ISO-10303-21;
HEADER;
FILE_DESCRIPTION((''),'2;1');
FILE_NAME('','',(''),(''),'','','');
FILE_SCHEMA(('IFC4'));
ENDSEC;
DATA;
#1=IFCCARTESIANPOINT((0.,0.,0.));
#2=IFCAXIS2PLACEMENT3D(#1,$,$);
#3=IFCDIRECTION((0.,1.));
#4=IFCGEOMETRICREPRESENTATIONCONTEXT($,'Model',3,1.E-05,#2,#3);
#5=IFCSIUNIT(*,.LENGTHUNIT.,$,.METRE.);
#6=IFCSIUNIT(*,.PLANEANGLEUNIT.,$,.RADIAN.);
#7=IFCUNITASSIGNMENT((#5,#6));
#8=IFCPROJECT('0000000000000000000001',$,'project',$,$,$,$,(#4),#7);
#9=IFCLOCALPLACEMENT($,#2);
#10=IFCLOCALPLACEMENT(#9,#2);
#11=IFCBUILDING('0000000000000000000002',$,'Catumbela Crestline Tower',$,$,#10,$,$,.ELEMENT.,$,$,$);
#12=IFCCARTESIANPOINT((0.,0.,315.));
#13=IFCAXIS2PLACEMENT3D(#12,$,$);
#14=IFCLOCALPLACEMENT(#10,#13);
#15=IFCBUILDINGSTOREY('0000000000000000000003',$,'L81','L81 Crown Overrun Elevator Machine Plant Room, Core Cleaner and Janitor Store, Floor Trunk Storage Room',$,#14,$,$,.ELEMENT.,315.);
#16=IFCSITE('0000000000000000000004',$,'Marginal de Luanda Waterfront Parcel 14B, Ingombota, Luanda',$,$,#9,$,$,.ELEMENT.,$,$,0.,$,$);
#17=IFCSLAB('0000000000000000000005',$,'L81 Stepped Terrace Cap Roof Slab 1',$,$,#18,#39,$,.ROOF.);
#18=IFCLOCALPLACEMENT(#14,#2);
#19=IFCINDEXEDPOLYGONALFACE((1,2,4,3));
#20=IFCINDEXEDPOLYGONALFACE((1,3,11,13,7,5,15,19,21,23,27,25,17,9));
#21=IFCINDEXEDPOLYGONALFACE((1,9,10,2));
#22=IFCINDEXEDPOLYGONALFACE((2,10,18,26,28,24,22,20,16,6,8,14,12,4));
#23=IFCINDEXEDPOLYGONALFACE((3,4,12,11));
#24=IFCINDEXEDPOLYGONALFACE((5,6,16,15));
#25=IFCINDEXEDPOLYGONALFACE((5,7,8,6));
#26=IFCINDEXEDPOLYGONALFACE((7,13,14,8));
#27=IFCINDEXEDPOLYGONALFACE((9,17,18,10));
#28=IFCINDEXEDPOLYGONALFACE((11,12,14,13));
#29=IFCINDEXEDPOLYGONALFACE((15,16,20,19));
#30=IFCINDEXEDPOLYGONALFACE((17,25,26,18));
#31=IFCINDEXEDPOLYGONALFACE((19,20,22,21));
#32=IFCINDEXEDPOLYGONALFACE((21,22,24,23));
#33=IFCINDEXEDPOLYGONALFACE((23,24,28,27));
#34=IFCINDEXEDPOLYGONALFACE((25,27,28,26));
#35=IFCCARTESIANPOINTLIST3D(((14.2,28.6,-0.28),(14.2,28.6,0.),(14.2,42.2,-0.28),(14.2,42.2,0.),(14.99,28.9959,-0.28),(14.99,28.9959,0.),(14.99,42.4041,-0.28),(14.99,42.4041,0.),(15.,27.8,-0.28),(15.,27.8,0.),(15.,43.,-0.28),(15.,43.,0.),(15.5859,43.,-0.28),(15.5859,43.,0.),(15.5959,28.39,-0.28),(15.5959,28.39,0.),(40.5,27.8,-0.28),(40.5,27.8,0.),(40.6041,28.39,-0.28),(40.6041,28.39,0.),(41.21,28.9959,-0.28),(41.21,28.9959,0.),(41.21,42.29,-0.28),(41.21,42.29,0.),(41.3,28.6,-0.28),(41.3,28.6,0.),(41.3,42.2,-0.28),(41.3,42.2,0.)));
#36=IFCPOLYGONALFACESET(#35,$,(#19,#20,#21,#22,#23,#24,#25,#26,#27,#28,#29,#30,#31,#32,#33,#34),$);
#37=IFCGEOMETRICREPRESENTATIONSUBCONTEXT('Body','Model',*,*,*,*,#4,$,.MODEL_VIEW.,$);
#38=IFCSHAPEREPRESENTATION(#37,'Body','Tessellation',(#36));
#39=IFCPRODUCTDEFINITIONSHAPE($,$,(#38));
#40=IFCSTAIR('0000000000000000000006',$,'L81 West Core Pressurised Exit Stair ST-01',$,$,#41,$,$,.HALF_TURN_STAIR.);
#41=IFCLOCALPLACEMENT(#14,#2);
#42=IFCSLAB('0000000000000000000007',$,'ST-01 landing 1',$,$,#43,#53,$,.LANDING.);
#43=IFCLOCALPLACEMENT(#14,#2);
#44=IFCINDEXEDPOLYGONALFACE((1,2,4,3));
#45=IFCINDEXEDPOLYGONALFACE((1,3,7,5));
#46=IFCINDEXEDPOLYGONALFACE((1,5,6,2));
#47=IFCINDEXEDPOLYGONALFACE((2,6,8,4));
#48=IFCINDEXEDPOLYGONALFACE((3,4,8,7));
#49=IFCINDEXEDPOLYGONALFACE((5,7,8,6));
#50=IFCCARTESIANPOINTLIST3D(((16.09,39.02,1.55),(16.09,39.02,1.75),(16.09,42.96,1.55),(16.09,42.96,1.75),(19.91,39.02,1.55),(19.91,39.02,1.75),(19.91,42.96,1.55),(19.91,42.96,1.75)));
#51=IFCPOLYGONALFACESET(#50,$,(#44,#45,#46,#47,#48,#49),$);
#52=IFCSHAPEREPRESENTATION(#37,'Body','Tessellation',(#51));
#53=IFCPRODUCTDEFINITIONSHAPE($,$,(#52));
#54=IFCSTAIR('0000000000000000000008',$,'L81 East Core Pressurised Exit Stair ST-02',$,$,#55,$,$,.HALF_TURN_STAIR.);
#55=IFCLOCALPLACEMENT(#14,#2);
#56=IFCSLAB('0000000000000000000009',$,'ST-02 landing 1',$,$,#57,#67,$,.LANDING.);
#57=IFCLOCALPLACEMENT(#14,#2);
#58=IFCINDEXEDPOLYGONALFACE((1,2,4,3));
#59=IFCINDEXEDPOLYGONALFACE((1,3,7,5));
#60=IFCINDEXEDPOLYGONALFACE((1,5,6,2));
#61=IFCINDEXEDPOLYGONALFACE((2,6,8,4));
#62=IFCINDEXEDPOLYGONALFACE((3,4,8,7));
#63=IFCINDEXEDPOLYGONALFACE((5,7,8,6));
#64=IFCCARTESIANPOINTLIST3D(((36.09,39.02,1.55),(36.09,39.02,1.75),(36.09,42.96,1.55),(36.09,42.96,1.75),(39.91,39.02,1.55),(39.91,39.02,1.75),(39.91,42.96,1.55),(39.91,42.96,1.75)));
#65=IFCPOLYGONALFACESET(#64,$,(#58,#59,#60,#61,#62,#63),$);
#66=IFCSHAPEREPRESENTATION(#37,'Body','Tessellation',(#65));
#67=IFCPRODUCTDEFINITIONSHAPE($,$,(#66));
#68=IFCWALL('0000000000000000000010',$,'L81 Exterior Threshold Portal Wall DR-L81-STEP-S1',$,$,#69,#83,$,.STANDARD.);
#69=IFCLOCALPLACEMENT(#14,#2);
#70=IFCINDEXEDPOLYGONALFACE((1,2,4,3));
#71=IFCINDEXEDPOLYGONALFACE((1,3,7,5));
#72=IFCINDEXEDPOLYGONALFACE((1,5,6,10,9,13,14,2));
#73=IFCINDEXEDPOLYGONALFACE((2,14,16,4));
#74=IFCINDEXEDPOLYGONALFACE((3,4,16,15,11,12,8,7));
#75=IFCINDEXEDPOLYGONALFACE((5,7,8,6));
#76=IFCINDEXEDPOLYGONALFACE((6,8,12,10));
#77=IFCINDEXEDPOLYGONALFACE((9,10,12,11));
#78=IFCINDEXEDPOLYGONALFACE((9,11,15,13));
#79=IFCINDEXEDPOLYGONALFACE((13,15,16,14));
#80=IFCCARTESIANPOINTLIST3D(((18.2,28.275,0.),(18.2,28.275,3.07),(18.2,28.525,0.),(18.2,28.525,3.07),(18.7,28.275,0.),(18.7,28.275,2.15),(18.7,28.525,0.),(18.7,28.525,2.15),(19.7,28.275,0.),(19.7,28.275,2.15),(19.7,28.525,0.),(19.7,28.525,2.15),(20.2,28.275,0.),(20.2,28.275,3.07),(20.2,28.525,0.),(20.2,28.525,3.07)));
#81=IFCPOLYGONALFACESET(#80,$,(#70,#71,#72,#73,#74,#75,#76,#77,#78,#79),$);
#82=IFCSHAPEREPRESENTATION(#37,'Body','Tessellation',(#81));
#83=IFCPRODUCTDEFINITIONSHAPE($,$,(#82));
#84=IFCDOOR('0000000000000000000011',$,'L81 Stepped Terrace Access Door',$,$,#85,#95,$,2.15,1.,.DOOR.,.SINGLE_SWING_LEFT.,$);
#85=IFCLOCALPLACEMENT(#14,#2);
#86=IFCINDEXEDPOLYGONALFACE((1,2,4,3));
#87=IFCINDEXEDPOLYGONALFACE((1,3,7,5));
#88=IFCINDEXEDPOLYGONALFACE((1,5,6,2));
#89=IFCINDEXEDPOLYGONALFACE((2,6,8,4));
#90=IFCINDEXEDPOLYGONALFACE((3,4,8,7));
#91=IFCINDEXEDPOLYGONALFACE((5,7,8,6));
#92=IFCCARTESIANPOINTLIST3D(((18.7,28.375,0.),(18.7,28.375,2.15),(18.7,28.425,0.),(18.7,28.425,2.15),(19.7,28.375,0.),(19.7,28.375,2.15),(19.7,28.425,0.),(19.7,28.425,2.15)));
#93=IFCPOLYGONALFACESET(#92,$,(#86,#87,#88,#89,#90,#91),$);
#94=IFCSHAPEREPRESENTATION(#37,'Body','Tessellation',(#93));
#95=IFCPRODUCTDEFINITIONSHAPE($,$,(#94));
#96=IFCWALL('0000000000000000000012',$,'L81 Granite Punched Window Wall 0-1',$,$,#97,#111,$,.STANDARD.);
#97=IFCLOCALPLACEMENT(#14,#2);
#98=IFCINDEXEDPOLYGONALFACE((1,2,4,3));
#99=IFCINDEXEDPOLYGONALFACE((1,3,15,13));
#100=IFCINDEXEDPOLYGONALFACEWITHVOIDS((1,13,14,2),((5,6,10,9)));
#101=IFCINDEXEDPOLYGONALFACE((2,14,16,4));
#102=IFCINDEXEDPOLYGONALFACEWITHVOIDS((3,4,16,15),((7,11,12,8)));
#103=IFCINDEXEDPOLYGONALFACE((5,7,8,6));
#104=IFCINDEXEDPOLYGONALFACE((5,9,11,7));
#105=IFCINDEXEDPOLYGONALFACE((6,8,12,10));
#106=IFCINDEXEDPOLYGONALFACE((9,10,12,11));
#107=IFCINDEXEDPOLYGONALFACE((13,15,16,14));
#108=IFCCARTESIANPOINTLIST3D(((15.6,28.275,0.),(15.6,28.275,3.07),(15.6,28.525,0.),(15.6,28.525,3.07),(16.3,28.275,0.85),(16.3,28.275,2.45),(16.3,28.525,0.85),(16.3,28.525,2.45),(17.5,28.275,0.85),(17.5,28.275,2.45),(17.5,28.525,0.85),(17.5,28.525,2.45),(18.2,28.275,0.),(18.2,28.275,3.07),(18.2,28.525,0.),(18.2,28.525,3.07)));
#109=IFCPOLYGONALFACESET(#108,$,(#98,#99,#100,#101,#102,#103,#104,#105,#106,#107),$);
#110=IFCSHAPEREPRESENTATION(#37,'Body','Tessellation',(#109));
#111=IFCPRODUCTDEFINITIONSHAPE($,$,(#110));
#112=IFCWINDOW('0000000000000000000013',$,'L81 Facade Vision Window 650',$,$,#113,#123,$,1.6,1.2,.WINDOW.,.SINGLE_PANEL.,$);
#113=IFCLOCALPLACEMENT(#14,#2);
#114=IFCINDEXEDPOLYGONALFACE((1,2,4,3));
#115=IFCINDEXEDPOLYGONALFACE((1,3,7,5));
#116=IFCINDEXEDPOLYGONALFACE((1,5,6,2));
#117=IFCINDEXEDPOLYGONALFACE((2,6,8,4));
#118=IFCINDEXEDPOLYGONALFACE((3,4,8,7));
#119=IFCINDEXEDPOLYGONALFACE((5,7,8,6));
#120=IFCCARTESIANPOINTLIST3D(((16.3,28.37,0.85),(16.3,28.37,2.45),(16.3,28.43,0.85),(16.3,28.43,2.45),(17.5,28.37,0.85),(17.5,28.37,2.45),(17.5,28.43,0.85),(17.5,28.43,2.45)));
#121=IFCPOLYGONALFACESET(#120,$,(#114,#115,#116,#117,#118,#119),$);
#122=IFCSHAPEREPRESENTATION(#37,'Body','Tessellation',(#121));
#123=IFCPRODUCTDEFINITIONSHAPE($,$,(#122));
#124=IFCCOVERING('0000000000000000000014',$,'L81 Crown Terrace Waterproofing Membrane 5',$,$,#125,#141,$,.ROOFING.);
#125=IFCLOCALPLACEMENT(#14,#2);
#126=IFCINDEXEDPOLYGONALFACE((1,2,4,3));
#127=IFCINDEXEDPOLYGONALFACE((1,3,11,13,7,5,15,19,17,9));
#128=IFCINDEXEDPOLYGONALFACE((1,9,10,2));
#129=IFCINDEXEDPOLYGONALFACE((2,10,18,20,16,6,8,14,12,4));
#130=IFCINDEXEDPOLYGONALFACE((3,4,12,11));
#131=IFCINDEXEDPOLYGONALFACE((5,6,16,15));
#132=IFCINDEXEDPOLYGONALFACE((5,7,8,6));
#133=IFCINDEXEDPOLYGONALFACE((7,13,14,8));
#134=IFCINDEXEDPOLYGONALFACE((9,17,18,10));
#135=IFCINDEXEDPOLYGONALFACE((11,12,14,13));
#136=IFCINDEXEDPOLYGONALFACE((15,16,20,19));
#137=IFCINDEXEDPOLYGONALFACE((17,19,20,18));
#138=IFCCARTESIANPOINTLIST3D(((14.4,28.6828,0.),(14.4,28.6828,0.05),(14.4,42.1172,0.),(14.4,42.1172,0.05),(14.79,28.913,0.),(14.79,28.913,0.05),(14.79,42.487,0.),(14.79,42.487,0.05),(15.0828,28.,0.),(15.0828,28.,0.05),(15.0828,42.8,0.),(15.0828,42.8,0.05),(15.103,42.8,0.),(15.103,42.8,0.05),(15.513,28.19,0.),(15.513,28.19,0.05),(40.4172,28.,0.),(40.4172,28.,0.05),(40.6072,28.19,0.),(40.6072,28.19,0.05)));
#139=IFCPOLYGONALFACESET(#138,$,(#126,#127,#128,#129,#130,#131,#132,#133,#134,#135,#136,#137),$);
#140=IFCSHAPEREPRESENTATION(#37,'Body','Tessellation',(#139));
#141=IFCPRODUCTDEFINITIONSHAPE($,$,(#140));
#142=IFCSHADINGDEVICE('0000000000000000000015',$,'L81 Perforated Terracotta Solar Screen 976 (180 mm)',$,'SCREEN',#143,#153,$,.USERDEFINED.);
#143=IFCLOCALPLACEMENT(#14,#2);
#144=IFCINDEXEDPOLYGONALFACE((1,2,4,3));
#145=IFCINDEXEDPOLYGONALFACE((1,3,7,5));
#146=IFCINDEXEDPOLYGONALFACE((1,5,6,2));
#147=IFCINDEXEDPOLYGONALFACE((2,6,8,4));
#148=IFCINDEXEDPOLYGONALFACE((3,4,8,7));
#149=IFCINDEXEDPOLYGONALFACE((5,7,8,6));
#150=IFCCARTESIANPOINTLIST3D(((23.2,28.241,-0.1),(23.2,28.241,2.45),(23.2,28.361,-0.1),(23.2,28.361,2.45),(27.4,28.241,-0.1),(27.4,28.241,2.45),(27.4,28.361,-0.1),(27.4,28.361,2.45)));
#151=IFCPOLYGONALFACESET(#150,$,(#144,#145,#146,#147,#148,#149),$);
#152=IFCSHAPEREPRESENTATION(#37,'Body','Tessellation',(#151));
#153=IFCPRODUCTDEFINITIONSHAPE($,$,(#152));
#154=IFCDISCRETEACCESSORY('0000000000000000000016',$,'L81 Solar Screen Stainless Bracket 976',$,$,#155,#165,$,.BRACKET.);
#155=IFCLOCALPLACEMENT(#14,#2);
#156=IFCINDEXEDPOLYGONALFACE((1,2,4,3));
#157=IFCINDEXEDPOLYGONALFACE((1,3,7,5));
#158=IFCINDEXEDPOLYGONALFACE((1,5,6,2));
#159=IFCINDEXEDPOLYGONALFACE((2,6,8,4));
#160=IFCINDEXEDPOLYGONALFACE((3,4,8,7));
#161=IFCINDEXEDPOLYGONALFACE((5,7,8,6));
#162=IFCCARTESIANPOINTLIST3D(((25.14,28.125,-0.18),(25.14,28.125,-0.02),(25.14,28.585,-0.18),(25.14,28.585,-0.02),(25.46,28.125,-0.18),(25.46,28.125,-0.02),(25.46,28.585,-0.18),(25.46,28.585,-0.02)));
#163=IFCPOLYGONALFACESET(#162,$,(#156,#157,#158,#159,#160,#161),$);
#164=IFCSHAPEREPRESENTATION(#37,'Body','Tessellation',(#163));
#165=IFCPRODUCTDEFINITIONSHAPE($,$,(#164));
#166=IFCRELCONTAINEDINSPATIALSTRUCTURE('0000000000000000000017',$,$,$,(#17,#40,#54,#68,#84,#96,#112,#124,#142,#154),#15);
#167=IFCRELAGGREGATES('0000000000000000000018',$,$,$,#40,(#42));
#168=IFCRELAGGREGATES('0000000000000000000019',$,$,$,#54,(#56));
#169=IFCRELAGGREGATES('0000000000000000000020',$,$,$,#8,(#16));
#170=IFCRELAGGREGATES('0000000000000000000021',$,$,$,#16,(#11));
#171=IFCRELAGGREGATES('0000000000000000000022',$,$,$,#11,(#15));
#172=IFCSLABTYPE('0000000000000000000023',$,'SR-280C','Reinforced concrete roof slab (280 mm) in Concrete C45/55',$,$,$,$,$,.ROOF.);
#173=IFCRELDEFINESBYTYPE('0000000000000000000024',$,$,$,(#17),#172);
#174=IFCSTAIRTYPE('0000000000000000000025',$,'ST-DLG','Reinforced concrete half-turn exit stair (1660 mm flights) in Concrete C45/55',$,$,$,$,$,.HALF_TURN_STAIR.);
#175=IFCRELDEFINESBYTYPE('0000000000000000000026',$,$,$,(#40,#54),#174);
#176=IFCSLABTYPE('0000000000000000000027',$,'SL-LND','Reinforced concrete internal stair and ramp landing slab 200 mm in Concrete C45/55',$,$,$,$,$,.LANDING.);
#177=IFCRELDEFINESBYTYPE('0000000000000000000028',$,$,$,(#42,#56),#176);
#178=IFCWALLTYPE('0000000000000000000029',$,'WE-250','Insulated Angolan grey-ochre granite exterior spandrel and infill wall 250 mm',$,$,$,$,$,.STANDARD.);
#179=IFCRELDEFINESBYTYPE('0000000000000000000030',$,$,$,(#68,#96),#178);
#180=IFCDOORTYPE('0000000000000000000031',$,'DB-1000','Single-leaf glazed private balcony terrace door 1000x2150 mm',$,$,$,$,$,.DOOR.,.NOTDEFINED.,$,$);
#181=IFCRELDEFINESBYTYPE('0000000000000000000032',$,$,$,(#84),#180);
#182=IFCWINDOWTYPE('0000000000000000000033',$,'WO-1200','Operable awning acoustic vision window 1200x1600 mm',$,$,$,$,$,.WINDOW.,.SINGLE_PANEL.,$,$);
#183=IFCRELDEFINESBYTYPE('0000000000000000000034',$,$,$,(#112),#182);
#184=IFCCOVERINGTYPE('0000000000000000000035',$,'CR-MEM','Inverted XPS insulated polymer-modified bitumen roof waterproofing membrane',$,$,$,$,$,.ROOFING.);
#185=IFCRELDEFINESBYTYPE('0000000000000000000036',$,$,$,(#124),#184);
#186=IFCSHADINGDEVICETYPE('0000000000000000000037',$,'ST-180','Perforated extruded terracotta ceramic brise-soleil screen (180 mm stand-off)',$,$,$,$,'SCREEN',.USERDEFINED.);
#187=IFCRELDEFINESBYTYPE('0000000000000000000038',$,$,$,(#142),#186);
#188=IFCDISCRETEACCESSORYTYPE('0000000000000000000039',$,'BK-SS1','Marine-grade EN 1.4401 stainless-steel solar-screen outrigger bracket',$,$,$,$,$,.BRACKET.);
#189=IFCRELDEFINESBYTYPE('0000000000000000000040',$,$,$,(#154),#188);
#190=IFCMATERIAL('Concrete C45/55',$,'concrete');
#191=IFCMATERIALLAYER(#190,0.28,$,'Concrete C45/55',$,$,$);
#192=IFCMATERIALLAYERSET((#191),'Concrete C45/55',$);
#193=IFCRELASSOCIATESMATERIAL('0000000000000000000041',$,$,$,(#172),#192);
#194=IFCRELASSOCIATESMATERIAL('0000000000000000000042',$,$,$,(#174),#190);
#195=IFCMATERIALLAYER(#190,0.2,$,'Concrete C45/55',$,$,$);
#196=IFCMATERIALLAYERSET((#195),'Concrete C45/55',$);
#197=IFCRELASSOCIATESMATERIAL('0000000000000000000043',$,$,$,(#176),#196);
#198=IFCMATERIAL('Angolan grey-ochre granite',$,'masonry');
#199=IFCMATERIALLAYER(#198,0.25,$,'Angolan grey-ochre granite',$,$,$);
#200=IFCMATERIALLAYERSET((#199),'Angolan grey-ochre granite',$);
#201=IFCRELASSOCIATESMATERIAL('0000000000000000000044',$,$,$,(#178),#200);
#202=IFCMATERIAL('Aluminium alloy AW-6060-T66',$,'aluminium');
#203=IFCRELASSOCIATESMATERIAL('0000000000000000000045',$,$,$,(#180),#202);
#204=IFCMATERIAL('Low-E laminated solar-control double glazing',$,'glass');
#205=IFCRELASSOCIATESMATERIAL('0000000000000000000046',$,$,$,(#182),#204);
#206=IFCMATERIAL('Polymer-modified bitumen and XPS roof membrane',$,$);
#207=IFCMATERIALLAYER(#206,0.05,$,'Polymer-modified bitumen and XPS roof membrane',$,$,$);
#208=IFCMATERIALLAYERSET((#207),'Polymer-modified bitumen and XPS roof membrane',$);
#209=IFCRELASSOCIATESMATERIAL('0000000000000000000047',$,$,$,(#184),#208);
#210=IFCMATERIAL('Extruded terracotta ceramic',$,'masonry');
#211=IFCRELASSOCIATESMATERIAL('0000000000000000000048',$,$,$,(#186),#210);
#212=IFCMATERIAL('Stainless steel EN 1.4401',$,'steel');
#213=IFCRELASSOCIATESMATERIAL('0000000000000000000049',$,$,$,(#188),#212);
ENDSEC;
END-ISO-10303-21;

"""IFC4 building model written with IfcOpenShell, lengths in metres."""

from ifc_helpers import new_model, si_unit, direction, frame, frame_2d, origin, origin_2d, place, context, subcontext, project, spatial, polyline, rectangle, outline, extrude, material, layer, layer_set, type_object, element, fill, aggregate, save


model = new_model("IFC4")

# Units and contexts
model_context = context("Model", 3, precision=1e-05, world=origin(), true_north=direction((0.0, 1.0)))
body_context = subcontext(model_context, "Body", "Model", "MODEL_VIEW")
ifc_project = project(units=[si_unit("LENGTHUNIT", "METRE"), si_unit("PLANEANGLEUNIT", "RADIAN")], contexts=[model_context])

# Site, building, storey
site_placement = place(None, origin())
site = spatial("IfcSite", under=ifc_project, at=site_placement, Name="Marginal de Luanda Waterfront Parcel 14B, Ingombota, Luanda", CompositionType="ELEMENT", RefElevation=0.0)
building_placement = place(site_placement, origin())
building = spatial("IfcBuilding", under=site, at=building_placement, Name="Catumbela Crestline Tower", CompositionType="ELEMENT")
storey_placement = place(building_placement, frame((0.0, 0.0, 315.0)))
storey = spatial("IfcBuildingStorey", under=building, at=storey_placement, Name="L81", Description="L81 Crown Overrun Elevator Machine Plant Room, Core Cleaner and Janitor Store, Floor Trunk Storage Room", CompositionType="ELEMENT", Elevation=315.0)

# Shared definitions
ifc_material_1 = material(Name="Aluminium alloy AW-6060-T66", Category="aluminium")
ifc_material_2 = material(Name="Low-E laminated solar-control double glazing", Category="glass")

# Slab
ifc_material_3 = material(Name="Concrete C45/55", Category="concrete")
ifc_layer_1 = layer(ifc_material_3, 0.28, Name="Concrete C45/55")
ifc_layer_set_1 = layer_set([ifc_layer_1], Name="Concrete C45/55")
slab_type_1 = type_object("IfcSlabType", Name="SR-280C", Description="Reinforced concrete roof slab (280 mm) in Concrete C45/55", PredefinedType="ROOF", material=ifc_layer_set_1)
slab_1_placement = place(storey_placement, frame((0.0, 0.0, -0.28)))
element("IfcSlab", 1, at=slab_1_placement, inside=storey, type_object=slab_type_1, Name="L81 Stepped Terrace Cap Roof Slab 1", PredefinedType="ROOF", context=body_context, shape_type="SweptSolid", body=[
    extrude(outline(polyline([(41.3, 28.6), (40.5, 27.8), (15.0, 27.8), (14.2, 28.6), (14.2, 42.2), (15.0, 43.0), (15.5859, 43.0), (14.99, 42.4041), (14.99, 28.9959), (15.5959, 28.39), (40.6041, 28.39), (41.21, 28.9959), (41.21, 42.29), (41.3, 42.2), (41.3, 28.6)])), origin(), (0.0, 0.0, 1.0), 0.28),
])

# Stairs, slabs
stair_type = type_object("IfcStairType", Name="ST-DLG", Description="Reinforced concrete half-turn exit stair (1660 mm flights) in Concrete C45/55", PredefinedType="HALF_TURN_STAIR", material=ifc_material_3)
stair_1_placement = place(storey_placement, origin())
stair_1 = element("IfcStair", 2, at=stair_1_placement, inside=storey, type_object=stair_type, Name="L81 West Core Pressurised Exit Stair ST-01", PredefinedType="HALF_TURN_STAIR")
ifc_layer_2 = layer(ifc_material_3, 0.2, Name="Concrete C45/55")
ifc_layer_set_2 = layer_set([ifc_layer_2], Name="Concrete C45/55")
slab_type_2 = type_object("IfcSlabType", Name="SL-LND", Description="Reinforced concrete internal stair and ramp landing slab 200 mm in Concrete C45/55", PredefinedType="LANDING", material=ifc_layer_set_2)
slab_2_placement = place(storey_placement, frame((0.0, 0.0, 1.55)))
slab_2 = element("IfcSlab", 3, at=slab_2_placement, type_object=slab_type_2, Name="ST-01 landing 1", PredefinedType="LANDING", context=body_context, shape_type="SweptSolid", body=[
    extrude(outline(polyline([(19.91, 39.02), (19.91, 42.96), (16.09, 42.96), (16.09, 39.02), (19.91, 39.02)])), origin(), (0.0, 0.0, 1.0), 0.2),
])
aggregate(stair_1, [slab_2])
stair_2_placement = place(storey_placement, origin())
stair_2 = element("IfcStair", 4, at=stair_2_placement, inside=storey, type_object=stair_type, Name="L81 East Core Pressurised Exit Stair ST-02", PredefinedType="HALF_TURN_STAIR")
slab_3_placement = place(storey_placement, frame((0.0, 0.0, 1.55)))
slab_3 = element("IfcSlab", 5, at=slab_3_placement, type_object=slab_type_2, Name="ST-02 landing 1", PredefinedType="LANDING", context=body_context, shape_type="SweptSolid", body=[
    extrude(outline(polyline([(39.91, 39.02), (39.91, 42.96), (36.09, 42.96), (36.09, 39.02), (39.91, 39.02)])), origin(), (0.0, 0.0, 1.0), 0.2),
])
aggregate(stair_2, [slab_3])

# Wall, opening, door
ifc_material_4 = material(Name="Angolan grey-ochre granite", Category="masonry")
ifc_layer_3 = layer(ifc_material_4, 0.25, Name="Angolan grey-ochre granite")
ifc_layer_set_3 = layer_set([ifc_layer_3], Name="Angolan grey-ochre granite")
wall_type = type_object("IfcWallType", Name="WE-250", Description="Insulated Angolan grey-ochre granite exterior spandrel and infill wall 250 mm", PredefinedType="STANDARD", material=ifc_layer_set_3)
wall_1_placement = place(storey_placement, frame((18.2, 28.4, 0.0), z_axis=(0.0, 0.0, 1.0), x_axis=(1.0, 0.0, 0.0)))
wall_1 = element("IfcWall", 6, at=wall_1_placement, inside=storey, type_object=wall_type, Name="L81 Exterior Threshold Portal Wall DR-L81-STEP-S1", PredefinedType="STANDARD", context=body_context, shape_type="SweptSolid", body=[
    extrude(rectangle(XDim=2.0, YDim=0.25, at=frame_2d((1.0, 0.0))), origin(), (0.0, 0.0, 1.0), 3.07),
])
opening_1_placement = place(wall_1_placement, frame((0.5, 0.0, 0.0)))
opening_1 = element("IfcOpeningElement", 7, at=opening_1_placement, cuts=wall_1, PredefinedType="OPENING", context=body_context, shape_type="SweptSolid", body=[
    extrude(rectangle(XDim=1.0, YDim=2.15, at=frame_2d((0.5, 1.075))), frame((0.0, 0.135, 0.0), z_axis=(0.0, -1.0, 0.0), x_axis=(1.0, 0.0, 0.0)), (0.0, 0.0, 1.0), 0.27),
])
door_type = type_object("IfcDoorType", Name="DB-1000", Description="Single-leaf glazed private balcony terrace door 1000x2150 mm", OperationType="NOTDEFINED", PredefinedType="DOOR", material=ifc_material_1)
door_placement = place(opening_1_placement, origin())
door = element("IfcDoor", 8, at=door_placement, inside=storey, type_object=door_type, Name="L81 Stepped Terrace Access Door", OperationType="SINGLE_SWING_LEFT", OverallHeight=2.15, OverallWidth=1.0, PredefinedType="DOOR", context=body_context, shape_type="SweptSolid", body=[
    extrude(rectangle(XDim=1.0, YDim=2.15, at=frame_2d((0.5, 1.075))), frame((0.0, 0.025, 0.0), z_axis=(0.0, -1.0, 0.0), x_axis=(1.0, 0.0, 0.0)), (0.0, 0.0, 1.0), 0.05),
])
fill(opening_1, door)

# Wall, opening, window
wall_2_placement = place(storey_placement, frame((15.6, 28.4, 0.0), z_axis=(0.0, 0.0, 1.0), x_axis=(1.0, 0.0, 0.0)))
wall_2 = element("IfcWall", 9, at=wall_2_placement, inside=storey, type_object=wall_type, Name="L81 Granite Punched Window Wall 0-1", PredefinedType="STANDARD", context=body_context, shape_type="SweptSolid", body=[
    extrude(rectangle(XDim=2.6, YDim=0.25, at=frame_2d((1.3, 0.0))), origin(), (0.0, 0.0, 1.0), 3.07),
])
opening_2_placement = place(wall_2_placement, frame((0.7, 0.0, 0.85)))
opening_2 = element("IfcOpeningElement", 10, at=opening_2_placement, cuts=wall_2, PredefinedType="OPENING", context=body_context, shape_type="SweptSolid", body=[
    extrude(rectangle(XDim=1.2, YDim=1.6, at=frame_2d((0.6, 0.8))), frame((0.0, 0.135, 0.0), z_axis=(0.0, -1.0, 0.0), x_axis=(1.0, 0.0, 0.0)), (0.0, 0.0, 1.0), 0.27),
])
window_type = type_object("IfcWindowType", Name="WO-1200", Description="Operable awning acoustic vision window 1200x1600 mm", PartitioningType="SINGLE_PANEL", PredefinedType="WINDOW", material=ifc_material_2)
window_placement = place(opening_2_placement, origin())
window = element("IfcWindow", 11, at=window_placement, inside=storey, type_object=window_type, Name="L81 Facade Vision Window 650", OverallHeight=1.6, OverallWidth=1.2, PartitioningType="SINGLE_PANEL", PredefinedType="WINDOW", context=body_context, shape_type="SweptSolid", body=[
    extrude(rectangle(XDim=1.2, YDim=1.6, at=frame_2d((0.6, 0.8))), frame((0.0, 0.03, 0.0), z_axis=(0.0, -1.0, 0.0), x_axis=(1.0, 0.0, 0.0)), (0.0, 0.0, 1.0), 0.06),
])
fill(opening_2, window)

# Covering
ifc_material_5 = material(Name="Polymer-modified bitumen and XPS roof membrane")
ifc_layer_4 = layer(ifc_material_5, 0.05, Name="Polymer-modified bitumen and XPS roof membrane")
ifc_layer_set_4 = layer_set([ifc_layer_4], Name="Polymer-modified bitumen and XPS roof membrane")
covering_type = type_object("IfcCoveringType", Name="CR-MEM", Description="Inverted XPS insulated polymer-modified bitumen roof waterproofing membrane", PredefinedType="ROOFING", material=ifc_layer_set_4)
covering_placement = place(storey_placement, origin())
element("IfcCovering", 12, at=covering_placement, inside=storey, type_object=covering_type, Name="L81 Crown Terrace Waterproofing Membrane 5", PredefinedType="ROOFING", context=body_context, shape_type="SweptSolid", body=[
    extrude(outline(polyline([(40.6072, 28.19), (40.4172, 28.0), (15.0828, 28.0), (14.4, 28.6828), (14.4, 42.1172), (15.0828, 42.8), (15.103, 42.8), (14.79, 42.487), (14.79, 28.913), (15.513, 28.19), (40.6072, 28.19)])), origin(), (0.0, 0.0, 1.0), 0.05),
])

# Shading device
ifc_material_6 = material(Name="Extruded terracotta ceramic", Category="masonry")
shading_device_type = type_object("IfcShadingDeviceType", Name="ST-180", Description="Perforated extruded terracotta ceramic brise-soleil screen (180 mm stand-off)", ElementType="SCREEN", PredefinedType="USERDEFINED", material=ifc_material_6)
shading_device_placement = place(storey_placement, frame((25.3, 28.301, -0.1), z_axis=(0.0, 0.0, 1.0), x_axis=(1.0, 0.0, 0.0)))
element("IfcShadingDevice", 13, at=shading_device_placement, inside=storey, type_object=shading_device_type, Name="L81 Perforated Terracotta Solar Screen 976 (180 mm)", ObjectType="SCREEN", PredefinedType="USERDEFINED", context=body_context, shape_type="SweptSolid", body=[
    extrude(rectangle(XDim=4.2, YDim=0.12, at=origin_2d()), origin(), (0.0, 0.0, 1.0), 2.55),
])

# Discrete accessory
ifc_material_7 = material(Name="Stainless steel EN 1.4401", Category="steel")
discrete_accessory_type = type_object("IfcDiscreteAccessoryType", Name="BK-SS1", Description="Marine-grade EN 1.4401 stainless-steel solar-screen outrigger bracket", PredefinedType="BRACKET", material=ifc_material_7)
discrete_accessory_placement = place(storey_placement, frame((25.3, 28.355, -0.18), z_axis=(0.0, 0.0, 1.0), x_axis=(1.0, 0.0, 0.0)))
element("IfcDiscreteAccessory", 14, at=discrete_accessory_placement, inside=storey, type_object=discrete_accessory_type, Name="L81 Solar Screen Stainless Bracket 976", PredefinedType="BRACKET", context=body_context, shape_type="SweptSolid", body=[
    extrude(rectangle(XDim=0.32, YDim=0.46, at=origin_2d()), origin(), (0.0, 0.0, 1.0), 0.16),
])

save(model, "model.ifc")
